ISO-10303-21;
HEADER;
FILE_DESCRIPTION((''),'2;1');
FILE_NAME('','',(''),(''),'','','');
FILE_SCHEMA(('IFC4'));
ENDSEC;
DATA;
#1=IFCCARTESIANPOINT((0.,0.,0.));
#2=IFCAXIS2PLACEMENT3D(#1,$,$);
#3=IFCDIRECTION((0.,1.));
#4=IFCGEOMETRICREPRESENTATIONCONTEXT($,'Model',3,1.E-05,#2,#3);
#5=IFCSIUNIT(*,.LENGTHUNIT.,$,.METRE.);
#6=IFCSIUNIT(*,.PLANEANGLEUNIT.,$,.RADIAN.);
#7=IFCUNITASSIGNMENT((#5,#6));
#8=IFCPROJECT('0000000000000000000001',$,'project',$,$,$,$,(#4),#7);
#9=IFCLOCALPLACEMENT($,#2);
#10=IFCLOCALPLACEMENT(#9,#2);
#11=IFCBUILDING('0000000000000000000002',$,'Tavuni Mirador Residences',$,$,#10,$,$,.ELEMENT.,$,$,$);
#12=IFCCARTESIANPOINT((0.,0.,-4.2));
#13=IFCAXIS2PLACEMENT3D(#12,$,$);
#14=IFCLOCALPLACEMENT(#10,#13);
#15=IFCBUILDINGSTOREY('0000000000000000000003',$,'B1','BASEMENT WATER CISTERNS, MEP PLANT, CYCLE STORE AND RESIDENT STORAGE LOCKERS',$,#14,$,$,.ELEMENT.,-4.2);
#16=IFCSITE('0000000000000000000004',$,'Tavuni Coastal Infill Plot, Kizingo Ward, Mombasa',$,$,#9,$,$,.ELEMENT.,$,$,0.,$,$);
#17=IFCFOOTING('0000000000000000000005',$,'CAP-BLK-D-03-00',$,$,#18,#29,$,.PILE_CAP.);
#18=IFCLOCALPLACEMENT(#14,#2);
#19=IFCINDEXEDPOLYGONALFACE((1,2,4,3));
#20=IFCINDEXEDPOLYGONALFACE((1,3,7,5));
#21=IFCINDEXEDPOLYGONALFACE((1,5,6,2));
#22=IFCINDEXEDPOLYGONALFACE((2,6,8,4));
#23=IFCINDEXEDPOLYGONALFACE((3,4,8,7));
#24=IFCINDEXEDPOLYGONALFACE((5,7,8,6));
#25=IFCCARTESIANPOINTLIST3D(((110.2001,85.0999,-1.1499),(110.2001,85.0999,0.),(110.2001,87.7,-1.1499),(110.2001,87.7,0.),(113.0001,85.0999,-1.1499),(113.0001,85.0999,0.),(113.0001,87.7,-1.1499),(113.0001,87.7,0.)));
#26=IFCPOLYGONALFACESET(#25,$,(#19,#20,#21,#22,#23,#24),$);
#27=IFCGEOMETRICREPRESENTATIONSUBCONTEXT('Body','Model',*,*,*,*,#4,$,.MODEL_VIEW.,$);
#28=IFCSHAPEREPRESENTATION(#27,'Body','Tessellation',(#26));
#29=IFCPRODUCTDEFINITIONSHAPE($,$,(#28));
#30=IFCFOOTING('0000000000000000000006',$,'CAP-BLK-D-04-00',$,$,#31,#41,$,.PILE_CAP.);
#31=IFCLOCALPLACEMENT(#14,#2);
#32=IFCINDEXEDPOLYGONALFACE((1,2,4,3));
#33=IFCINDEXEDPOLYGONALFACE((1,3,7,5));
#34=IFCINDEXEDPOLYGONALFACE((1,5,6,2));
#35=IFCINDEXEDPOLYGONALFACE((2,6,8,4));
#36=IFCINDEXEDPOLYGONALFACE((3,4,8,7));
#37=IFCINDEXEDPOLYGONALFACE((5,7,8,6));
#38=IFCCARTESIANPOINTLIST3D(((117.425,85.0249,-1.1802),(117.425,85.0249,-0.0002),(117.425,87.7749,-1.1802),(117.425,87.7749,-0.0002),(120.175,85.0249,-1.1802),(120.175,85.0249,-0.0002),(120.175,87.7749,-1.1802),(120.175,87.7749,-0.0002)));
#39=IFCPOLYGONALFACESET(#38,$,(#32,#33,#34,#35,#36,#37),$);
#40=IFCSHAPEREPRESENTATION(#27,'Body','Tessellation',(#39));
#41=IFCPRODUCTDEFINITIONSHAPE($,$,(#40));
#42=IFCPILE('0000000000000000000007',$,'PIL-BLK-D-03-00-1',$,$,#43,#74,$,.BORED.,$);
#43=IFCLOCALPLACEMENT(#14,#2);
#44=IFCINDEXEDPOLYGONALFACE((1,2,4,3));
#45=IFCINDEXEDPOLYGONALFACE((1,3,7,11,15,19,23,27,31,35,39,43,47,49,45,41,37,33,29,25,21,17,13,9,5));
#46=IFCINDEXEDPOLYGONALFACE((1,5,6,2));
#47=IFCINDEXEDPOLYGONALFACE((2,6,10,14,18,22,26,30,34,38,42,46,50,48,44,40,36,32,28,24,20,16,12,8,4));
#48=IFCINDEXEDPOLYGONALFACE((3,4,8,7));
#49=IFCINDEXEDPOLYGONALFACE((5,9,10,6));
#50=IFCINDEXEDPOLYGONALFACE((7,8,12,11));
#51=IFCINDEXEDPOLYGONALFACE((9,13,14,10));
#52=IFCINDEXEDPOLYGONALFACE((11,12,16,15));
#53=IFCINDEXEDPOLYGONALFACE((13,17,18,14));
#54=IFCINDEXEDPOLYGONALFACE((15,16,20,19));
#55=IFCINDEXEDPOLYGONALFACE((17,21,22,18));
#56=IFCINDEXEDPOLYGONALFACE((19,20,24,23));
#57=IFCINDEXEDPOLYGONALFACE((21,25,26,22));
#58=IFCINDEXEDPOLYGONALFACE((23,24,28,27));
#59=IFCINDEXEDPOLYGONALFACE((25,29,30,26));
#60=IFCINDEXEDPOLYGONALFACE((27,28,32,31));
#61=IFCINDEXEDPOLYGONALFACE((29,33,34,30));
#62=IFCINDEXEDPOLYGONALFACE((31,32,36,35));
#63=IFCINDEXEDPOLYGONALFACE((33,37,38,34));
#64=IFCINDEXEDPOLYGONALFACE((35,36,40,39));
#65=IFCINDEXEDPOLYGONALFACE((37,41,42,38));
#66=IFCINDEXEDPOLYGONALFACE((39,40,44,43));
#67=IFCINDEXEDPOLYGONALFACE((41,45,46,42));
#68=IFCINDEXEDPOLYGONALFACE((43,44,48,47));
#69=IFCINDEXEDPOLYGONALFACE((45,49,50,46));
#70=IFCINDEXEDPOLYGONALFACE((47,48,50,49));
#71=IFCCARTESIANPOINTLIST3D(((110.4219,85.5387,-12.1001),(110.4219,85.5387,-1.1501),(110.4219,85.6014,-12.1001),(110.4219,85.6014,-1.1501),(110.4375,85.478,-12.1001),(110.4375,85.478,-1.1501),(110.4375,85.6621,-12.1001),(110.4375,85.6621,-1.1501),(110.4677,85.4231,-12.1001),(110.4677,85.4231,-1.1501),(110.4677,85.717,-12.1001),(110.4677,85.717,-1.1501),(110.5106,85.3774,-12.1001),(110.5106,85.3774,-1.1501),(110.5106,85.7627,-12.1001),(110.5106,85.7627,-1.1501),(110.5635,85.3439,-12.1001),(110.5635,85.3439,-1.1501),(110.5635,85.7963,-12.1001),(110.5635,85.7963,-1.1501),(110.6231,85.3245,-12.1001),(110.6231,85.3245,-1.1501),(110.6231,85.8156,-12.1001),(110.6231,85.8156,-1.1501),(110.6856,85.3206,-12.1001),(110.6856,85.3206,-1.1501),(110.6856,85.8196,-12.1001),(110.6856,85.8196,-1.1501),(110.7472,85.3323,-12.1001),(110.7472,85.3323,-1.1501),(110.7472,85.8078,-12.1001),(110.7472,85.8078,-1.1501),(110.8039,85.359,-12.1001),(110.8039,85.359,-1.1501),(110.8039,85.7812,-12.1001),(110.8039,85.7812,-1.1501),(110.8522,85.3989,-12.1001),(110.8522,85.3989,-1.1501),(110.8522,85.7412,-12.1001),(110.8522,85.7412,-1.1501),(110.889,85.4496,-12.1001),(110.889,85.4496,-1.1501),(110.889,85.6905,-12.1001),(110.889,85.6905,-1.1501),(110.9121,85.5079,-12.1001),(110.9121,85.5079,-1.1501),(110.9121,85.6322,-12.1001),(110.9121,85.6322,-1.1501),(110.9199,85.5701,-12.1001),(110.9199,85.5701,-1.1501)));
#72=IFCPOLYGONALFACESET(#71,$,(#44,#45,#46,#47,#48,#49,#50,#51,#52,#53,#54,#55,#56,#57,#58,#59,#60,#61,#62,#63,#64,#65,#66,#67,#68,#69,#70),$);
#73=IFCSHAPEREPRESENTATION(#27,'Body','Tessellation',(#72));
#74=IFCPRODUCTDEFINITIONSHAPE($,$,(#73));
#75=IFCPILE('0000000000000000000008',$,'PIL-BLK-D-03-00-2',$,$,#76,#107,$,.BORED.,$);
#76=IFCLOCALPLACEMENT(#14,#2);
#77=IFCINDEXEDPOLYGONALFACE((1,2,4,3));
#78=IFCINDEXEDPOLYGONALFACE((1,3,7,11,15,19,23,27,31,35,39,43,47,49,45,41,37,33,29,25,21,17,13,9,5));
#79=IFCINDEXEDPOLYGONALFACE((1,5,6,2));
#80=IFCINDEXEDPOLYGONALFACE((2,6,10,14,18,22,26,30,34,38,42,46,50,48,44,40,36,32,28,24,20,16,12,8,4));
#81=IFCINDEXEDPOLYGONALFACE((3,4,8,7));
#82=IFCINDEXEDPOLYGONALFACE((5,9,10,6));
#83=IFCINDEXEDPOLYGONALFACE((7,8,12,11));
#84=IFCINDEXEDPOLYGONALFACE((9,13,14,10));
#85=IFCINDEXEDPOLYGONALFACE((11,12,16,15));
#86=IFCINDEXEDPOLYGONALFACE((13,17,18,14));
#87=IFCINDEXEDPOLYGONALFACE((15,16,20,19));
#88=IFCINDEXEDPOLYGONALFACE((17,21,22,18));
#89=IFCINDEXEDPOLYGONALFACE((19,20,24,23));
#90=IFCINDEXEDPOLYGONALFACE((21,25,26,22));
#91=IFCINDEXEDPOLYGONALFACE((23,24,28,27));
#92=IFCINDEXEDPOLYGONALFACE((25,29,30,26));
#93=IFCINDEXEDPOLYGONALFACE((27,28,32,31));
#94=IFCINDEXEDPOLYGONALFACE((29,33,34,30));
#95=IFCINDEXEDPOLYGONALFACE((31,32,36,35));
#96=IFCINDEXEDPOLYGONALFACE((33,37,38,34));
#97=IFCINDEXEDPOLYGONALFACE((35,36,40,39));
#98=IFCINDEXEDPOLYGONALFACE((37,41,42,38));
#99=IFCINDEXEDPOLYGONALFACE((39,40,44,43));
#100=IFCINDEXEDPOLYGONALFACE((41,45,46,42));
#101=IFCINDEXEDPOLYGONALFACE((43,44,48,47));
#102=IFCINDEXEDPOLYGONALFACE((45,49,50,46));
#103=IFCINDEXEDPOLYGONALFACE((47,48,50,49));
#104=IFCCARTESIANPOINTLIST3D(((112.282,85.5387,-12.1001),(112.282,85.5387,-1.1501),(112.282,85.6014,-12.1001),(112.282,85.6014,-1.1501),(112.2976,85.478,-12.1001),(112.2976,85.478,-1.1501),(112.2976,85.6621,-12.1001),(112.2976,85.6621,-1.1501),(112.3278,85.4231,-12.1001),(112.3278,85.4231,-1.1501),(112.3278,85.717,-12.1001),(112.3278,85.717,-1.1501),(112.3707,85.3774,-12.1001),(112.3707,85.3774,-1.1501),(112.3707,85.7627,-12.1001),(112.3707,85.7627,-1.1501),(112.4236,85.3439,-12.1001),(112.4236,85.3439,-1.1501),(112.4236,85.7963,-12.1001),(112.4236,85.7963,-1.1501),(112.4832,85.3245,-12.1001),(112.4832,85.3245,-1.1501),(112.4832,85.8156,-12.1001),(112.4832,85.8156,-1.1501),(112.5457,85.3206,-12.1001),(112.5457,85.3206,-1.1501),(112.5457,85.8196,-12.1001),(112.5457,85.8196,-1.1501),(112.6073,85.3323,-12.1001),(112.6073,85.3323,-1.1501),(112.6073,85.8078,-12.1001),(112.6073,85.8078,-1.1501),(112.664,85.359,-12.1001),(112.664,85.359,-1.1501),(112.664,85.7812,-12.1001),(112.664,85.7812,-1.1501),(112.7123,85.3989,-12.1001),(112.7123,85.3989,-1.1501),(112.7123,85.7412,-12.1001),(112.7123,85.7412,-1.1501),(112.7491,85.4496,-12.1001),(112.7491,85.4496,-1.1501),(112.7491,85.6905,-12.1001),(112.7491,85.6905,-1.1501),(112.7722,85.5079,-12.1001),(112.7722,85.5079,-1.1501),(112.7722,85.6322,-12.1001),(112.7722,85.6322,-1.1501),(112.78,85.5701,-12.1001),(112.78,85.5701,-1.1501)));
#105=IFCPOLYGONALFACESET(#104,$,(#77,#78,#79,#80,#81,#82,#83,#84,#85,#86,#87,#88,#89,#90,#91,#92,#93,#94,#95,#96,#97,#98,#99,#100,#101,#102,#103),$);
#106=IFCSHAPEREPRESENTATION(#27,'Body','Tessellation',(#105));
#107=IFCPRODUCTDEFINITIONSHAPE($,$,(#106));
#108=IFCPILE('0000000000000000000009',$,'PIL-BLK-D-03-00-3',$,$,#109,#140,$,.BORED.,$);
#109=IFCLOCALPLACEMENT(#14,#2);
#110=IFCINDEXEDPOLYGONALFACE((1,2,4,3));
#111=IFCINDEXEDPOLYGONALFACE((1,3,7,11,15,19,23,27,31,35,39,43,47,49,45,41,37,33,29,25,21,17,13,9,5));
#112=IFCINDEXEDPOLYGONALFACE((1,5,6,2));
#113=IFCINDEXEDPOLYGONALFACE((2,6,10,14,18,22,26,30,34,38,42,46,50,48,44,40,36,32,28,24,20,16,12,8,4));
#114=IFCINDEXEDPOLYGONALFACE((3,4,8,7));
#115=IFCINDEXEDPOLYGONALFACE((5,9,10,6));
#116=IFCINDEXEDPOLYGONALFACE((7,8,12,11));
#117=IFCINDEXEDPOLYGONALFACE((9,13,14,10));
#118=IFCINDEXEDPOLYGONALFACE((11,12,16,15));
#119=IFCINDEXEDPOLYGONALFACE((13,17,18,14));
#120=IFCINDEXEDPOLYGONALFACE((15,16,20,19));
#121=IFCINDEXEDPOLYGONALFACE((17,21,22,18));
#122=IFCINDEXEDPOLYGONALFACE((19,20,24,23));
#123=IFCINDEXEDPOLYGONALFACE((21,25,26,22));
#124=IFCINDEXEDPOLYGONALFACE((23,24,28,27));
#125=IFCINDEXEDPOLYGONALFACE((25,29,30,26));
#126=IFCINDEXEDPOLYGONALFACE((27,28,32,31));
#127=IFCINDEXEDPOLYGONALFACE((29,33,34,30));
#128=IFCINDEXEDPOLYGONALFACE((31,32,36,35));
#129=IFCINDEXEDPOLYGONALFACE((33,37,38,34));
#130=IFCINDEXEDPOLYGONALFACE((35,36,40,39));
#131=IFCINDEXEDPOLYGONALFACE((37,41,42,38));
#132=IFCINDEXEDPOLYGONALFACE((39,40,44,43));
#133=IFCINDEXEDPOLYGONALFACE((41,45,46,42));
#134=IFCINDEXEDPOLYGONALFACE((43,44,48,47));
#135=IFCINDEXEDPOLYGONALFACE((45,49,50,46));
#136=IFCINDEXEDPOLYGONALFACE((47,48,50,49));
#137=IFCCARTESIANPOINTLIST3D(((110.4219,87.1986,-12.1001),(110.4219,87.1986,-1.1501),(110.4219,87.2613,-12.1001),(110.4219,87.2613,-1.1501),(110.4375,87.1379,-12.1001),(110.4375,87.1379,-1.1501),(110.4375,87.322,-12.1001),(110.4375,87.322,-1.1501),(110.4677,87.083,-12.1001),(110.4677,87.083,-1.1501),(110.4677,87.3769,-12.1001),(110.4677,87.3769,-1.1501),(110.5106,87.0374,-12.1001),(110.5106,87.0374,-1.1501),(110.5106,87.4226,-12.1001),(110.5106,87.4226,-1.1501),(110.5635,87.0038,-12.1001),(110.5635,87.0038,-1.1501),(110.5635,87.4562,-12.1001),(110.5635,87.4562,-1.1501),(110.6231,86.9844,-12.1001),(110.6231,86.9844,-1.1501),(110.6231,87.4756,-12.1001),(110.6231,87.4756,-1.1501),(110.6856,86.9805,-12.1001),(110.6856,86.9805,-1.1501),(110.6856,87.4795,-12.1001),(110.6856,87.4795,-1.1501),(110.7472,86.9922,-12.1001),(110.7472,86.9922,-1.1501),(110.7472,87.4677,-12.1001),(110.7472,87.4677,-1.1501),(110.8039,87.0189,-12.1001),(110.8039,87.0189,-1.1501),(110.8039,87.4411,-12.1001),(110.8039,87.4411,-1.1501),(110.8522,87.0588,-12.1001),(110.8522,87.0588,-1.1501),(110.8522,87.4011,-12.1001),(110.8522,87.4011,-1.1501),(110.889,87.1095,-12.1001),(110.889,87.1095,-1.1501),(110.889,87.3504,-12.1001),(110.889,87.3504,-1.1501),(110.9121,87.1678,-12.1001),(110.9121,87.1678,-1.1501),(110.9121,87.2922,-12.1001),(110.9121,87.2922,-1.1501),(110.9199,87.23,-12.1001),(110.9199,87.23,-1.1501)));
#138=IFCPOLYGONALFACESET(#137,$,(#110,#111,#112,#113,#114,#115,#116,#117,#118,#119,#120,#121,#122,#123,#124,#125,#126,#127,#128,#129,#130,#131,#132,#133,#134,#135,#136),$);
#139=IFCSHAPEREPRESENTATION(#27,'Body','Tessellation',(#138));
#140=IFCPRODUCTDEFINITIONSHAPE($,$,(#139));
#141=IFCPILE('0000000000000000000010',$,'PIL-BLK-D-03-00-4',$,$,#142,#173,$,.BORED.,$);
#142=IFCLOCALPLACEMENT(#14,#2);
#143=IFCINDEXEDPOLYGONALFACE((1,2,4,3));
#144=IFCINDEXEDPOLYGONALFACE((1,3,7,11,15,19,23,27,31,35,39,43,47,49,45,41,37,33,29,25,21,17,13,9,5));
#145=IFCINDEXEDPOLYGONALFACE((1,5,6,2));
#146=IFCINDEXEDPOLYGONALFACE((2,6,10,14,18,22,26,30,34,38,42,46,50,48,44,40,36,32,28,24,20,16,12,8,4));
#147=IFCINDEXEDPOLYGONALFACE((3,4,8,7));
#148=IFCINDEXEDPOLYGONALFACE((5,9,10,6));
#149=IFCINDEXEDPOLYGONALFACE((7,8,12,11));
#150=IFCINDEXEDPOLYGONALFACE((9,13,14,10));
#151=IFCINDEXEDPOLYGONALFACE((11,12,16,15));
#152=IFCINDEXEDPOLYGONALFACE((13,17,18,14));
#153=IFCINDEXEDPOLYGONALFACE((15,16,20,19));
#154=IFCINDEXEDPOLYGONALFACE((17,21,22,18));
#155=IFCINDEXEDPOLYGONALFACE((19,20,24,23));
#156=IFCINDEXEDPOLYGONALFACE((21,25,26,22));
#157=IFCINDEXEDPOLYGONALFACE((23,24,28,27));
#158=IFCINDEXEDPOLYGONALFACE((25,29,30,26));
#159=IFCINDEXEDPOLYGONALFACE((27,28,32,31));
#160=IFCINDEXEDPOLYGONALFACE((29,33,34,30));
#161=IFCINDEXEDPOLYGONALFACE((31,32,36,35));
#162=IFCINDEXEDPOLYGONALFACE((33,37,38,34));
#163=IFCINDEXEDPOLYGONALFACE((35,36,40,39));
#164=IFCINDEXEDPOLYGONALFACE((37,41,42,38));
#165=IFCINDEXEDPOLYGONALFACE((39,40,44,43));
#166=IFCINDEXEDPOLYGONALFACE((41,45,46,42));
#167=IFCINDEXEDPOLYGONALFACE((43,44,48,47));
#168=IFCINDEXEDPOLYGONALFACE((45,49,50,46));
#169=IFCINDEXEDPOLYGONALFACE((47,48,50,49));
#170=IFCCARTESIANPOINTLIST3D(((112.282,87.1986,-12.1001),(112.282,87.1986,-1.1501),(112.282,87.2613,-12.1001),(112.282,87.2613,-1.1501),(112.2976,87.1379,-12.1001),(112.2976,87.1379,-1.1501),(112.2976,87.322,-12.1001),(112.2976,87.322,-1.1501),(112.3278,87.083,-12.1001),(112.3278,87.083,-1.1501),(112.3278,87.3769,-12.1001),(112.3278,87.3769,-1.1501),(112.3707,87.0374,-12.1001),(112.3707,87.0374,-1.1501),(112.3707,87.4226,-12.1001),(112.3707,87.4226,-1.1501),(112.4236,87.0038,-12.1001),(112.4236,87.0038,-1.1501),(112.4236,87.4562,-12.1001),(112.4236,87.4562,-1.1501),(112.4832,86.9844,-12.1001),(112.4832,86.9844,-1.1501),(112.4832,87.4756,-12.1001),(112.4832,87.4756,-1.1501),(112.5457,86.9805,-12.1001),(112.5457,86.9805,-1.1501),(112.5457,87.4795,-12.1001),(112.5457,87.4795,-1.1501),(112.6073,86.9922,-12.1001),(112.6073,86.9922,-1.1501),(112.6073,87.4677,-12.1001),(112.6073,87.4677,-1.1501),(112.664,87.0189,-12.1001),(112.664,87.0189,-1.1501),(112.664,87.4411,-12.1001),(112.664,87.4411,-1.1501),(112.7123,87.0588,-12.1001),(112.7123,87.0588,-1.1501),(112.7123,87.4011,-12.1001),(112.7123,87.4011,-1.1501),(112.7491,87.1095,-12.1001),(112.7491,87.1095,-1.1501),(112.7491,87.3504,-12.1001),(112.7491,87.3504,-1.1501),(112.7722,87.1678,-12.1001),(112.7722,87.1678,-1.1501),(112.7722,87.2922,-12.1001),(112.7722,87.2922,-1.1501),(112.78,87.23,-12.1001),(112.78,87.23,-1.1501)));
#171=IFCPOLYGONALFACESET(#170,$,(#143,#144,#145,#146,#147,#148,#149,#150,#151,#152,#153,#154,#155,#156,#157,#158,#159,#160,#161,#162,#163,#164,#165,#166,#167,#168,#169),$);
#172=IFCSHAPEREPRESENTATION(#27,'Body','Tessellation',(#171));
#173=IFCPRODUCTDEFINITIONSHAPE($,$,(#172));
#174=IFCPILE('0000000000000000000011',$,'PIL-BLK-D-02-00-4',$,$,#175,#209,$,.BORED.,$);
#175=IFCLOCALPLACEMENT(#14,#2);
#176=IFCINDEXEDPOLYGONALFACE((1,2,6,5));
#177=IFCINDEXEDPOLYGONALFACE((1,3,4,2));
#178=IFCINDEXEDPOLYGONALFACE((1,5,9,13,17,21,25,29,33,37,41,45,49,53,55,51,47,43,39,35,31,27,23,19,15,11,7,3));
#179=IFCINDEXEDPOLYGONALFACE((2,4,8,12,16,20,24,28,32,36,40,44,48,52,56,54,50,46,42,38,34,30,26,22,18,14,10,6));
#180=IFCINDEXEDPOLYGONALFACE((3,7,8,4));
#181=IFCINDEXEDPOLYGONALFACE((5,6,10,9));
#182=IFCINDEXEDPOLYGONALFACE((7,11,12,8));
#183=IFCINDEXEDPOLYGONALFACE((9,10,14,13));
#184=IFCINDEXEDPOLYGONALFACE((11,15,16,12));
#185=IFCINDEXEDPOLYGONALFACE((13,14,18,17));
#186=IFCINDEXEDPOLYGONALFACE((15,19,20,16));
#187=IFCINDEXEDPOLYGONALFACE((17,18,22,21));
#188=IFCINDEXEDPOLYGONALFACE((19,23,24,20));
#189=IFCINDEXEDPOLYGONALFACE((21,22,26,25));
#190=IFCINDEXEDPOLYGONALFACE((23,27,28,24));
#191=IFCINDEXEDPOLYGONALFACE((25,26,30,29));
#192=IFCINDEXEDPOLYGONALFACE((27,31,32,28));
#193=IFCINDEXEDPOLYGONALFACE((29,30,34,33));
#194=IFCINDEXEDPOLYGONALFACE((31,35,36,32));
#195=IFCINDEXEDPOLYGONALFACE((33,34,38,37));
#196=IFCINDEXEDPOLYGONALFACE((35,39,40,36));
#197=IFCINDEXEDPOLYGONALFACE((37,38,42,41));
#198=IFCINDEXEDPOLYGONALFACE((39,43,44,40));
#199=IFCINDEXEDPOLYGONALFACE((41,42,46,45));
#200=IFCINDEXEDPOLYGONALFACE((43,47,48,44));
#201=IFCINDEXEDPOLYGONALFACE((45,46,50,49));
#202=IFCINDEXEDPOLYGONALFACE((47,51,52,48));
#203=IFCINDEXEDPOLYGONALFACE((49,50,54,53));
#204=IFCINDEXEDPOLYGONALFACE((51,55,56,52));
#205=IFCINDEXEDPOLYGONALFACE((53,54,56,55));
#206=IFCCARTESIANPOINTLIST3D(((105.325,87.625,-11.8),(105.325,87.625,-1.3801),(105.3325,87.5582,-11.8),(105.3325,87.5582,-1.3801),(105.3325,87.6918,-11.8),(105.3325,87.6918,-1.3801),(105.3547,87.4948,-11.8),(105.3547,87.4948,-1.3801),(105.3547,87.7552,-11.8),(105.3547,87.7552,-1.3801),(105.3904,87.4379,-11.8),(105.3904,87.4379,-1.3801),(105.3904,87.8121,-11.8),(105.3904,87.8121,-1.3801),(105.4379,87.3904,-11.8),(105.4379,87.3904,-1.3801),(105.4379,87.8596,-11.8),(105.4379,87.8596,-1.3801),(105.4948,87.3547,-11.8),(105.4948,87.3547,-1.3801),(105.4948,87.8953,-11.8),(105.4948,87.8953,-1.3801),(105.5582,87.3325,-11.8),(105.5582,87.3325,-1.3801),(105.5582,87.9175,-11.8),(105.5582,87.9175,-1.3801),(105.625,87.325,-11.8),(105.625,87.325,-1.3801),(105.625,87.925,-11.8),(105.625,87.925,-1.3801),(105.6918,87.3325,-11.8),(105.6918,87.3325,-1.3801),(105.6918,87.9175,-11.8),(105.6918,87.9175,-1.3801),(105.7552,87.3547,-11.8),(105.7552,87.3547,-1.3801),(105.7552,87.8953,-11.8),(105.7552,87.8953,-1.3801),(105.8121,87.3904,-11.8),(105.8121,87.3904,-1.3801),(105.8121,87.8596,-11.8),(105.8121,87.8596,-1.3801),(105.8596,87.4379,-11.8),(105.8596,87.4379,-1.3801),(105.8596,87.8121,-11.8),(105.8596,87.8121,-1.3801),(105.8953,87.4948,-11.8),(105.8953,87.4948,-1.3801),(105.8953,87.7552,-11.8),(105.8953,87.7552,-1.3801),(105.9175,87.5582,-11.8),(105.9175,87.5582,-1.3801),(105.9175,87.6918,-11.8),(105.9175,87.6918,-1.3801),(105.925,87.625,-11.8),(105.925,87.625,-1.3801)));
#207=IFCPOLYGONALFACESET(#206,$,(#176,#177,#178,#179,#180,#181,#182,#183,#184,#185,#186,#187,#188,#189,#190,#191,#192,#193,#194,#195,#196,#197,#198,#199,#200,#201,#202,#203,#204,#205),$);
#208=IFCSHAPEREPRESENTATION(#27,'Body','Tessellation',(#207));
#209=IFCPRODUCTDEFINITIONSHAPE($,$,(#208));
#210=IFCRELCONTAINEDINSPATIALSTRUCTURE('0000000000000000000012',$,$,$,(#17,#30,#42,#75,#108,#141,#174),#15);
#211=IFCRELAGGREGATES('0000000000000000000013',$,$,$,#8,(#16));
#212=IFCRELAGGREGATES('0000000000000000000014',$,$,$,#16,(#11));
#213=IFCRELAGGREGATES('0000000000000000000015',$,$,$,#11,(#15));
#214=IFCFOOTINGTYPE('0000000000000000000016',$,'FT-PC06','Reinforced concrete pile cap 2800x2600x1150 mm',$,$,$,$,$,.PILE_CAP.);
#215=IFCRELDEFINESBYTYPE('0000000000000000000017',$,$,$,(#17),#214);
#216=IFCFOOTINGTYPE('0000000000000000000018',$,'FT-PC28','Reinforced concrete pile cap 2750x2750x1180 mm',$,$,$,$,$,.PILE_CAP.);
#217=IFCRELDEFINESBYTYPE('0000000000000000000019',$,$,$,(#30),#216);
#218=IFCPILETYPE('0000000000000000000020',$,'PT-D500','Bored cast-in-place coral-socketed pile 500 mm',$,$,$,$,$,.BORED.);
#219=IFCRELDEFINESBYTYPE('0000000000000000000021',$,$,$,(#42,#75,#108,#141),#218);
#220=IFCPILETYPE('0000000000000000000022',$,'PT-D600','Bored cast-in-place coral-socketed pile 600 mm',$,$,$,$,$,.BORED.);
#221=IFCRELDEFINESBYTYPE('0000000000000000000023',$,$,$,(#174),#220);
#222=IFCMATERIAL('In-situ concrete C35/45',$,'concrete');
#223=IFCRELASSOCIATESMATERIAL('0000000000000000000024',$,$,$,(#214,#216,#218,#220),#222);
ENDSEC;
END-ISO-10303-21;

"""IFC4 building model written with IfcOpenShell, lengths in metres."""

from ifc_helpers import new_model, si_unit, direction, frame, origin, origin_2d, place, context, subcontext, project, spatial, rectangle, circle, extrude, material, material_profile, profile_set, type_object, element, save


model = new_model("IFC4")

# Units and contexts
model_context = context("Model", 3, precision=1e-05, world=origin(), true_north=direction((0.0, 1.0)))
body_context = subcontext(model_context, "Body", "Model", "MODEL_VIEW")
ifc_project = project(units=[si_unit("LENGTHUNIT", "METRE"), si_unit("PLANEANGLEUNIT", "RADIAN")], contexts=[model_context])

# Site, building, storey
site_placement = place(None, origin())
site = spatial("IfcSite", under=ifc_project, at=site_placement, Name="Tavuni Coastal Infill Plot, Kizingo Ward, Mombasa", CompositionType="ELEMENT", RefElevation=0.0)
building_placement = place(site_placement, origin())
building = spatial("IfcBuilding", under=site, at=building_placement, Name="Tavuni Mirador Residences", CompositionType="ELEMENT")
storey_placement = place(building_placement, frame((0.0, 0.0, -4.2)))
storey = spatial("IfcBuildingStorey", under=building, at=storey_placement, Name="B1", Description="BASEMENT WATER CISTERNS, MEP PLANT, CYCLE STORE AND RESIDENT STORAGE LOCKERS", CompositionType="ELEMENT", Elevation=-4.2)

# Footings
ifc_material_1 = material(Name="In-situ concrete C35/45", Category="concrete")
footing_type_1 = type_object("IfcFootingType", Name="FT-PC06", Description="Reinforced concrete pile cap 2800x2600x1150 mm", PredefinedType="PILE_CAP", material=ifc_material_1)
footing_1_placement = place(storey_placement, frame((111.6001, 86.3999, -1.1499), z_axis=(0.0, 0.0, 1.0), x_axis=(1.0, 0.0, 0.0)))
element("IfcFooting", 1, at=footing_1_placement, inside=storey, type_object=footing_type_1, Name="CAP-BLK-D-03-00", PredefinedType="PILE_CAP", context=body_context, shape_type="SweptSolid", body=[
    extrude(rectangle(XDim=2.8, YDim=2.6001, at=origin_2d()), origin(), (0.0, 0.0, 1.0), 1.1499),
])
footing_type_2 = type_object("IfcFootingType", Name="FT-PC28", Description="Reinforced concrete pile cap 2750x2750x1180 mm", PredefinedType="PILE_CAP", material=ifc_material_1)
footing_2_placement = place(storey_placement, frame((118.8, 86.3999, -1.1802), z_axis=(0.0, 0.0, 1.0), x_axis=(1.0, 0.0, 0.0)))
element("IfcFooting", 2, at=footing_2_placement, inside=storey, type_object=footing_type_2, Name="CAP-BLK-D-04-00", PredefinedType="PILE_CAP", context=body_context, shape_type="SweptSolid", body=[
    extrude(rectangle(XDim=2.75, YDim=2.75, at=origin_2d()), origin(), (0.0, 0.0, 1.0), 1.1799),
])

# Piles
ifc_material_profile_1 = material_profile(ifc_material_1, circle(Radius=0.25, at=origin_2d()), Name="PILE D500", Category="concrete")
ifc_profile_set_1 = profile_set([ifc_material_profile_1], Name="In-situ concrete C35/45")
pile_type_1 = type_object("IfcPileType", Name="PT-D500", Description="Bored cast-in-place coral-socketed pile 500 mm", PredefinedType="BORED", material=ifc_profile_set_1)
for number, where, z_axis, x_axis, name in (
    (3, (110.6699, 85.5701, -1.1501), (0.0, 0.0, -1.0), (1.0, 0.0, 0.0), "PIL-BLK-D-03-00-1"),
    (4, (112.53, 85.5701, -1.1501), (0.0, 0.0, -1.0), (1.0, 0.0, 0.0), "PIL-BLK-D-03-00-2"),
    (5, (110.6699, 87.23, -1.1501), (0.0, 0.0, -1.0), (1.0, 0.0, 0.0), "PIL-BLK-D-03-00-3"),
    (6, (112.53, 87.23, -1.1501), (0.0, 0.0, -1.0), (1.0, 0.0, 0.0), "PIL-BLK-D-03-00-4"),
):
    element("IfcPile", number, at=place(storey_placement, frame(where, z_axis=z_axis, x_axis=x_axis)), inside=storey, type_object=pile_type_1, Name=name, PredefinedType="BORED", context=body_context, shape_type="SweptSolid", body=[
        extrude(circle(Radius=0.25, at=origin_2d()), origin(), (0.0, 0.0, 1.0), 10.95),
    ])
ifc_material_profile_2 = material_profile(ifc_material_1, circle(Radius=0.3, at=origin_2d()), Name="PILE D600", Category="concrete")
ifc_profile_set_2 = profile_set([ifc_material_profile_2], Name="In-situ concrete C35/45")
pile_type_2 = type_object("IfcPileType", Name="PT-D600", Description="Bored cast-in-place coral-socketed pile 600 mm", PredefinedType="BORED", material=ifc_profile_set_2)
pile_1_placement = place(storey_placement, frame((105.625, 87.625, -1.3801), z_axis=(0.0, 0.0, -1.0), x_axis=(1.0, 0.0, 0.0)))
element("IfcPile", 7, at=pile_1_placement, inside=storey, type_object=pile_type_2, Name="PIL-BLK-D-02-00-4", PredefinedType="BORED", context=body_context, shape_type="SweptSolid", body=[
    extrude(circle(Radius=0.3, at=origin_2d()), origin(), (0.0, 0.0, 1.0), 10.4199),
])

save(model, "model.ifc")
